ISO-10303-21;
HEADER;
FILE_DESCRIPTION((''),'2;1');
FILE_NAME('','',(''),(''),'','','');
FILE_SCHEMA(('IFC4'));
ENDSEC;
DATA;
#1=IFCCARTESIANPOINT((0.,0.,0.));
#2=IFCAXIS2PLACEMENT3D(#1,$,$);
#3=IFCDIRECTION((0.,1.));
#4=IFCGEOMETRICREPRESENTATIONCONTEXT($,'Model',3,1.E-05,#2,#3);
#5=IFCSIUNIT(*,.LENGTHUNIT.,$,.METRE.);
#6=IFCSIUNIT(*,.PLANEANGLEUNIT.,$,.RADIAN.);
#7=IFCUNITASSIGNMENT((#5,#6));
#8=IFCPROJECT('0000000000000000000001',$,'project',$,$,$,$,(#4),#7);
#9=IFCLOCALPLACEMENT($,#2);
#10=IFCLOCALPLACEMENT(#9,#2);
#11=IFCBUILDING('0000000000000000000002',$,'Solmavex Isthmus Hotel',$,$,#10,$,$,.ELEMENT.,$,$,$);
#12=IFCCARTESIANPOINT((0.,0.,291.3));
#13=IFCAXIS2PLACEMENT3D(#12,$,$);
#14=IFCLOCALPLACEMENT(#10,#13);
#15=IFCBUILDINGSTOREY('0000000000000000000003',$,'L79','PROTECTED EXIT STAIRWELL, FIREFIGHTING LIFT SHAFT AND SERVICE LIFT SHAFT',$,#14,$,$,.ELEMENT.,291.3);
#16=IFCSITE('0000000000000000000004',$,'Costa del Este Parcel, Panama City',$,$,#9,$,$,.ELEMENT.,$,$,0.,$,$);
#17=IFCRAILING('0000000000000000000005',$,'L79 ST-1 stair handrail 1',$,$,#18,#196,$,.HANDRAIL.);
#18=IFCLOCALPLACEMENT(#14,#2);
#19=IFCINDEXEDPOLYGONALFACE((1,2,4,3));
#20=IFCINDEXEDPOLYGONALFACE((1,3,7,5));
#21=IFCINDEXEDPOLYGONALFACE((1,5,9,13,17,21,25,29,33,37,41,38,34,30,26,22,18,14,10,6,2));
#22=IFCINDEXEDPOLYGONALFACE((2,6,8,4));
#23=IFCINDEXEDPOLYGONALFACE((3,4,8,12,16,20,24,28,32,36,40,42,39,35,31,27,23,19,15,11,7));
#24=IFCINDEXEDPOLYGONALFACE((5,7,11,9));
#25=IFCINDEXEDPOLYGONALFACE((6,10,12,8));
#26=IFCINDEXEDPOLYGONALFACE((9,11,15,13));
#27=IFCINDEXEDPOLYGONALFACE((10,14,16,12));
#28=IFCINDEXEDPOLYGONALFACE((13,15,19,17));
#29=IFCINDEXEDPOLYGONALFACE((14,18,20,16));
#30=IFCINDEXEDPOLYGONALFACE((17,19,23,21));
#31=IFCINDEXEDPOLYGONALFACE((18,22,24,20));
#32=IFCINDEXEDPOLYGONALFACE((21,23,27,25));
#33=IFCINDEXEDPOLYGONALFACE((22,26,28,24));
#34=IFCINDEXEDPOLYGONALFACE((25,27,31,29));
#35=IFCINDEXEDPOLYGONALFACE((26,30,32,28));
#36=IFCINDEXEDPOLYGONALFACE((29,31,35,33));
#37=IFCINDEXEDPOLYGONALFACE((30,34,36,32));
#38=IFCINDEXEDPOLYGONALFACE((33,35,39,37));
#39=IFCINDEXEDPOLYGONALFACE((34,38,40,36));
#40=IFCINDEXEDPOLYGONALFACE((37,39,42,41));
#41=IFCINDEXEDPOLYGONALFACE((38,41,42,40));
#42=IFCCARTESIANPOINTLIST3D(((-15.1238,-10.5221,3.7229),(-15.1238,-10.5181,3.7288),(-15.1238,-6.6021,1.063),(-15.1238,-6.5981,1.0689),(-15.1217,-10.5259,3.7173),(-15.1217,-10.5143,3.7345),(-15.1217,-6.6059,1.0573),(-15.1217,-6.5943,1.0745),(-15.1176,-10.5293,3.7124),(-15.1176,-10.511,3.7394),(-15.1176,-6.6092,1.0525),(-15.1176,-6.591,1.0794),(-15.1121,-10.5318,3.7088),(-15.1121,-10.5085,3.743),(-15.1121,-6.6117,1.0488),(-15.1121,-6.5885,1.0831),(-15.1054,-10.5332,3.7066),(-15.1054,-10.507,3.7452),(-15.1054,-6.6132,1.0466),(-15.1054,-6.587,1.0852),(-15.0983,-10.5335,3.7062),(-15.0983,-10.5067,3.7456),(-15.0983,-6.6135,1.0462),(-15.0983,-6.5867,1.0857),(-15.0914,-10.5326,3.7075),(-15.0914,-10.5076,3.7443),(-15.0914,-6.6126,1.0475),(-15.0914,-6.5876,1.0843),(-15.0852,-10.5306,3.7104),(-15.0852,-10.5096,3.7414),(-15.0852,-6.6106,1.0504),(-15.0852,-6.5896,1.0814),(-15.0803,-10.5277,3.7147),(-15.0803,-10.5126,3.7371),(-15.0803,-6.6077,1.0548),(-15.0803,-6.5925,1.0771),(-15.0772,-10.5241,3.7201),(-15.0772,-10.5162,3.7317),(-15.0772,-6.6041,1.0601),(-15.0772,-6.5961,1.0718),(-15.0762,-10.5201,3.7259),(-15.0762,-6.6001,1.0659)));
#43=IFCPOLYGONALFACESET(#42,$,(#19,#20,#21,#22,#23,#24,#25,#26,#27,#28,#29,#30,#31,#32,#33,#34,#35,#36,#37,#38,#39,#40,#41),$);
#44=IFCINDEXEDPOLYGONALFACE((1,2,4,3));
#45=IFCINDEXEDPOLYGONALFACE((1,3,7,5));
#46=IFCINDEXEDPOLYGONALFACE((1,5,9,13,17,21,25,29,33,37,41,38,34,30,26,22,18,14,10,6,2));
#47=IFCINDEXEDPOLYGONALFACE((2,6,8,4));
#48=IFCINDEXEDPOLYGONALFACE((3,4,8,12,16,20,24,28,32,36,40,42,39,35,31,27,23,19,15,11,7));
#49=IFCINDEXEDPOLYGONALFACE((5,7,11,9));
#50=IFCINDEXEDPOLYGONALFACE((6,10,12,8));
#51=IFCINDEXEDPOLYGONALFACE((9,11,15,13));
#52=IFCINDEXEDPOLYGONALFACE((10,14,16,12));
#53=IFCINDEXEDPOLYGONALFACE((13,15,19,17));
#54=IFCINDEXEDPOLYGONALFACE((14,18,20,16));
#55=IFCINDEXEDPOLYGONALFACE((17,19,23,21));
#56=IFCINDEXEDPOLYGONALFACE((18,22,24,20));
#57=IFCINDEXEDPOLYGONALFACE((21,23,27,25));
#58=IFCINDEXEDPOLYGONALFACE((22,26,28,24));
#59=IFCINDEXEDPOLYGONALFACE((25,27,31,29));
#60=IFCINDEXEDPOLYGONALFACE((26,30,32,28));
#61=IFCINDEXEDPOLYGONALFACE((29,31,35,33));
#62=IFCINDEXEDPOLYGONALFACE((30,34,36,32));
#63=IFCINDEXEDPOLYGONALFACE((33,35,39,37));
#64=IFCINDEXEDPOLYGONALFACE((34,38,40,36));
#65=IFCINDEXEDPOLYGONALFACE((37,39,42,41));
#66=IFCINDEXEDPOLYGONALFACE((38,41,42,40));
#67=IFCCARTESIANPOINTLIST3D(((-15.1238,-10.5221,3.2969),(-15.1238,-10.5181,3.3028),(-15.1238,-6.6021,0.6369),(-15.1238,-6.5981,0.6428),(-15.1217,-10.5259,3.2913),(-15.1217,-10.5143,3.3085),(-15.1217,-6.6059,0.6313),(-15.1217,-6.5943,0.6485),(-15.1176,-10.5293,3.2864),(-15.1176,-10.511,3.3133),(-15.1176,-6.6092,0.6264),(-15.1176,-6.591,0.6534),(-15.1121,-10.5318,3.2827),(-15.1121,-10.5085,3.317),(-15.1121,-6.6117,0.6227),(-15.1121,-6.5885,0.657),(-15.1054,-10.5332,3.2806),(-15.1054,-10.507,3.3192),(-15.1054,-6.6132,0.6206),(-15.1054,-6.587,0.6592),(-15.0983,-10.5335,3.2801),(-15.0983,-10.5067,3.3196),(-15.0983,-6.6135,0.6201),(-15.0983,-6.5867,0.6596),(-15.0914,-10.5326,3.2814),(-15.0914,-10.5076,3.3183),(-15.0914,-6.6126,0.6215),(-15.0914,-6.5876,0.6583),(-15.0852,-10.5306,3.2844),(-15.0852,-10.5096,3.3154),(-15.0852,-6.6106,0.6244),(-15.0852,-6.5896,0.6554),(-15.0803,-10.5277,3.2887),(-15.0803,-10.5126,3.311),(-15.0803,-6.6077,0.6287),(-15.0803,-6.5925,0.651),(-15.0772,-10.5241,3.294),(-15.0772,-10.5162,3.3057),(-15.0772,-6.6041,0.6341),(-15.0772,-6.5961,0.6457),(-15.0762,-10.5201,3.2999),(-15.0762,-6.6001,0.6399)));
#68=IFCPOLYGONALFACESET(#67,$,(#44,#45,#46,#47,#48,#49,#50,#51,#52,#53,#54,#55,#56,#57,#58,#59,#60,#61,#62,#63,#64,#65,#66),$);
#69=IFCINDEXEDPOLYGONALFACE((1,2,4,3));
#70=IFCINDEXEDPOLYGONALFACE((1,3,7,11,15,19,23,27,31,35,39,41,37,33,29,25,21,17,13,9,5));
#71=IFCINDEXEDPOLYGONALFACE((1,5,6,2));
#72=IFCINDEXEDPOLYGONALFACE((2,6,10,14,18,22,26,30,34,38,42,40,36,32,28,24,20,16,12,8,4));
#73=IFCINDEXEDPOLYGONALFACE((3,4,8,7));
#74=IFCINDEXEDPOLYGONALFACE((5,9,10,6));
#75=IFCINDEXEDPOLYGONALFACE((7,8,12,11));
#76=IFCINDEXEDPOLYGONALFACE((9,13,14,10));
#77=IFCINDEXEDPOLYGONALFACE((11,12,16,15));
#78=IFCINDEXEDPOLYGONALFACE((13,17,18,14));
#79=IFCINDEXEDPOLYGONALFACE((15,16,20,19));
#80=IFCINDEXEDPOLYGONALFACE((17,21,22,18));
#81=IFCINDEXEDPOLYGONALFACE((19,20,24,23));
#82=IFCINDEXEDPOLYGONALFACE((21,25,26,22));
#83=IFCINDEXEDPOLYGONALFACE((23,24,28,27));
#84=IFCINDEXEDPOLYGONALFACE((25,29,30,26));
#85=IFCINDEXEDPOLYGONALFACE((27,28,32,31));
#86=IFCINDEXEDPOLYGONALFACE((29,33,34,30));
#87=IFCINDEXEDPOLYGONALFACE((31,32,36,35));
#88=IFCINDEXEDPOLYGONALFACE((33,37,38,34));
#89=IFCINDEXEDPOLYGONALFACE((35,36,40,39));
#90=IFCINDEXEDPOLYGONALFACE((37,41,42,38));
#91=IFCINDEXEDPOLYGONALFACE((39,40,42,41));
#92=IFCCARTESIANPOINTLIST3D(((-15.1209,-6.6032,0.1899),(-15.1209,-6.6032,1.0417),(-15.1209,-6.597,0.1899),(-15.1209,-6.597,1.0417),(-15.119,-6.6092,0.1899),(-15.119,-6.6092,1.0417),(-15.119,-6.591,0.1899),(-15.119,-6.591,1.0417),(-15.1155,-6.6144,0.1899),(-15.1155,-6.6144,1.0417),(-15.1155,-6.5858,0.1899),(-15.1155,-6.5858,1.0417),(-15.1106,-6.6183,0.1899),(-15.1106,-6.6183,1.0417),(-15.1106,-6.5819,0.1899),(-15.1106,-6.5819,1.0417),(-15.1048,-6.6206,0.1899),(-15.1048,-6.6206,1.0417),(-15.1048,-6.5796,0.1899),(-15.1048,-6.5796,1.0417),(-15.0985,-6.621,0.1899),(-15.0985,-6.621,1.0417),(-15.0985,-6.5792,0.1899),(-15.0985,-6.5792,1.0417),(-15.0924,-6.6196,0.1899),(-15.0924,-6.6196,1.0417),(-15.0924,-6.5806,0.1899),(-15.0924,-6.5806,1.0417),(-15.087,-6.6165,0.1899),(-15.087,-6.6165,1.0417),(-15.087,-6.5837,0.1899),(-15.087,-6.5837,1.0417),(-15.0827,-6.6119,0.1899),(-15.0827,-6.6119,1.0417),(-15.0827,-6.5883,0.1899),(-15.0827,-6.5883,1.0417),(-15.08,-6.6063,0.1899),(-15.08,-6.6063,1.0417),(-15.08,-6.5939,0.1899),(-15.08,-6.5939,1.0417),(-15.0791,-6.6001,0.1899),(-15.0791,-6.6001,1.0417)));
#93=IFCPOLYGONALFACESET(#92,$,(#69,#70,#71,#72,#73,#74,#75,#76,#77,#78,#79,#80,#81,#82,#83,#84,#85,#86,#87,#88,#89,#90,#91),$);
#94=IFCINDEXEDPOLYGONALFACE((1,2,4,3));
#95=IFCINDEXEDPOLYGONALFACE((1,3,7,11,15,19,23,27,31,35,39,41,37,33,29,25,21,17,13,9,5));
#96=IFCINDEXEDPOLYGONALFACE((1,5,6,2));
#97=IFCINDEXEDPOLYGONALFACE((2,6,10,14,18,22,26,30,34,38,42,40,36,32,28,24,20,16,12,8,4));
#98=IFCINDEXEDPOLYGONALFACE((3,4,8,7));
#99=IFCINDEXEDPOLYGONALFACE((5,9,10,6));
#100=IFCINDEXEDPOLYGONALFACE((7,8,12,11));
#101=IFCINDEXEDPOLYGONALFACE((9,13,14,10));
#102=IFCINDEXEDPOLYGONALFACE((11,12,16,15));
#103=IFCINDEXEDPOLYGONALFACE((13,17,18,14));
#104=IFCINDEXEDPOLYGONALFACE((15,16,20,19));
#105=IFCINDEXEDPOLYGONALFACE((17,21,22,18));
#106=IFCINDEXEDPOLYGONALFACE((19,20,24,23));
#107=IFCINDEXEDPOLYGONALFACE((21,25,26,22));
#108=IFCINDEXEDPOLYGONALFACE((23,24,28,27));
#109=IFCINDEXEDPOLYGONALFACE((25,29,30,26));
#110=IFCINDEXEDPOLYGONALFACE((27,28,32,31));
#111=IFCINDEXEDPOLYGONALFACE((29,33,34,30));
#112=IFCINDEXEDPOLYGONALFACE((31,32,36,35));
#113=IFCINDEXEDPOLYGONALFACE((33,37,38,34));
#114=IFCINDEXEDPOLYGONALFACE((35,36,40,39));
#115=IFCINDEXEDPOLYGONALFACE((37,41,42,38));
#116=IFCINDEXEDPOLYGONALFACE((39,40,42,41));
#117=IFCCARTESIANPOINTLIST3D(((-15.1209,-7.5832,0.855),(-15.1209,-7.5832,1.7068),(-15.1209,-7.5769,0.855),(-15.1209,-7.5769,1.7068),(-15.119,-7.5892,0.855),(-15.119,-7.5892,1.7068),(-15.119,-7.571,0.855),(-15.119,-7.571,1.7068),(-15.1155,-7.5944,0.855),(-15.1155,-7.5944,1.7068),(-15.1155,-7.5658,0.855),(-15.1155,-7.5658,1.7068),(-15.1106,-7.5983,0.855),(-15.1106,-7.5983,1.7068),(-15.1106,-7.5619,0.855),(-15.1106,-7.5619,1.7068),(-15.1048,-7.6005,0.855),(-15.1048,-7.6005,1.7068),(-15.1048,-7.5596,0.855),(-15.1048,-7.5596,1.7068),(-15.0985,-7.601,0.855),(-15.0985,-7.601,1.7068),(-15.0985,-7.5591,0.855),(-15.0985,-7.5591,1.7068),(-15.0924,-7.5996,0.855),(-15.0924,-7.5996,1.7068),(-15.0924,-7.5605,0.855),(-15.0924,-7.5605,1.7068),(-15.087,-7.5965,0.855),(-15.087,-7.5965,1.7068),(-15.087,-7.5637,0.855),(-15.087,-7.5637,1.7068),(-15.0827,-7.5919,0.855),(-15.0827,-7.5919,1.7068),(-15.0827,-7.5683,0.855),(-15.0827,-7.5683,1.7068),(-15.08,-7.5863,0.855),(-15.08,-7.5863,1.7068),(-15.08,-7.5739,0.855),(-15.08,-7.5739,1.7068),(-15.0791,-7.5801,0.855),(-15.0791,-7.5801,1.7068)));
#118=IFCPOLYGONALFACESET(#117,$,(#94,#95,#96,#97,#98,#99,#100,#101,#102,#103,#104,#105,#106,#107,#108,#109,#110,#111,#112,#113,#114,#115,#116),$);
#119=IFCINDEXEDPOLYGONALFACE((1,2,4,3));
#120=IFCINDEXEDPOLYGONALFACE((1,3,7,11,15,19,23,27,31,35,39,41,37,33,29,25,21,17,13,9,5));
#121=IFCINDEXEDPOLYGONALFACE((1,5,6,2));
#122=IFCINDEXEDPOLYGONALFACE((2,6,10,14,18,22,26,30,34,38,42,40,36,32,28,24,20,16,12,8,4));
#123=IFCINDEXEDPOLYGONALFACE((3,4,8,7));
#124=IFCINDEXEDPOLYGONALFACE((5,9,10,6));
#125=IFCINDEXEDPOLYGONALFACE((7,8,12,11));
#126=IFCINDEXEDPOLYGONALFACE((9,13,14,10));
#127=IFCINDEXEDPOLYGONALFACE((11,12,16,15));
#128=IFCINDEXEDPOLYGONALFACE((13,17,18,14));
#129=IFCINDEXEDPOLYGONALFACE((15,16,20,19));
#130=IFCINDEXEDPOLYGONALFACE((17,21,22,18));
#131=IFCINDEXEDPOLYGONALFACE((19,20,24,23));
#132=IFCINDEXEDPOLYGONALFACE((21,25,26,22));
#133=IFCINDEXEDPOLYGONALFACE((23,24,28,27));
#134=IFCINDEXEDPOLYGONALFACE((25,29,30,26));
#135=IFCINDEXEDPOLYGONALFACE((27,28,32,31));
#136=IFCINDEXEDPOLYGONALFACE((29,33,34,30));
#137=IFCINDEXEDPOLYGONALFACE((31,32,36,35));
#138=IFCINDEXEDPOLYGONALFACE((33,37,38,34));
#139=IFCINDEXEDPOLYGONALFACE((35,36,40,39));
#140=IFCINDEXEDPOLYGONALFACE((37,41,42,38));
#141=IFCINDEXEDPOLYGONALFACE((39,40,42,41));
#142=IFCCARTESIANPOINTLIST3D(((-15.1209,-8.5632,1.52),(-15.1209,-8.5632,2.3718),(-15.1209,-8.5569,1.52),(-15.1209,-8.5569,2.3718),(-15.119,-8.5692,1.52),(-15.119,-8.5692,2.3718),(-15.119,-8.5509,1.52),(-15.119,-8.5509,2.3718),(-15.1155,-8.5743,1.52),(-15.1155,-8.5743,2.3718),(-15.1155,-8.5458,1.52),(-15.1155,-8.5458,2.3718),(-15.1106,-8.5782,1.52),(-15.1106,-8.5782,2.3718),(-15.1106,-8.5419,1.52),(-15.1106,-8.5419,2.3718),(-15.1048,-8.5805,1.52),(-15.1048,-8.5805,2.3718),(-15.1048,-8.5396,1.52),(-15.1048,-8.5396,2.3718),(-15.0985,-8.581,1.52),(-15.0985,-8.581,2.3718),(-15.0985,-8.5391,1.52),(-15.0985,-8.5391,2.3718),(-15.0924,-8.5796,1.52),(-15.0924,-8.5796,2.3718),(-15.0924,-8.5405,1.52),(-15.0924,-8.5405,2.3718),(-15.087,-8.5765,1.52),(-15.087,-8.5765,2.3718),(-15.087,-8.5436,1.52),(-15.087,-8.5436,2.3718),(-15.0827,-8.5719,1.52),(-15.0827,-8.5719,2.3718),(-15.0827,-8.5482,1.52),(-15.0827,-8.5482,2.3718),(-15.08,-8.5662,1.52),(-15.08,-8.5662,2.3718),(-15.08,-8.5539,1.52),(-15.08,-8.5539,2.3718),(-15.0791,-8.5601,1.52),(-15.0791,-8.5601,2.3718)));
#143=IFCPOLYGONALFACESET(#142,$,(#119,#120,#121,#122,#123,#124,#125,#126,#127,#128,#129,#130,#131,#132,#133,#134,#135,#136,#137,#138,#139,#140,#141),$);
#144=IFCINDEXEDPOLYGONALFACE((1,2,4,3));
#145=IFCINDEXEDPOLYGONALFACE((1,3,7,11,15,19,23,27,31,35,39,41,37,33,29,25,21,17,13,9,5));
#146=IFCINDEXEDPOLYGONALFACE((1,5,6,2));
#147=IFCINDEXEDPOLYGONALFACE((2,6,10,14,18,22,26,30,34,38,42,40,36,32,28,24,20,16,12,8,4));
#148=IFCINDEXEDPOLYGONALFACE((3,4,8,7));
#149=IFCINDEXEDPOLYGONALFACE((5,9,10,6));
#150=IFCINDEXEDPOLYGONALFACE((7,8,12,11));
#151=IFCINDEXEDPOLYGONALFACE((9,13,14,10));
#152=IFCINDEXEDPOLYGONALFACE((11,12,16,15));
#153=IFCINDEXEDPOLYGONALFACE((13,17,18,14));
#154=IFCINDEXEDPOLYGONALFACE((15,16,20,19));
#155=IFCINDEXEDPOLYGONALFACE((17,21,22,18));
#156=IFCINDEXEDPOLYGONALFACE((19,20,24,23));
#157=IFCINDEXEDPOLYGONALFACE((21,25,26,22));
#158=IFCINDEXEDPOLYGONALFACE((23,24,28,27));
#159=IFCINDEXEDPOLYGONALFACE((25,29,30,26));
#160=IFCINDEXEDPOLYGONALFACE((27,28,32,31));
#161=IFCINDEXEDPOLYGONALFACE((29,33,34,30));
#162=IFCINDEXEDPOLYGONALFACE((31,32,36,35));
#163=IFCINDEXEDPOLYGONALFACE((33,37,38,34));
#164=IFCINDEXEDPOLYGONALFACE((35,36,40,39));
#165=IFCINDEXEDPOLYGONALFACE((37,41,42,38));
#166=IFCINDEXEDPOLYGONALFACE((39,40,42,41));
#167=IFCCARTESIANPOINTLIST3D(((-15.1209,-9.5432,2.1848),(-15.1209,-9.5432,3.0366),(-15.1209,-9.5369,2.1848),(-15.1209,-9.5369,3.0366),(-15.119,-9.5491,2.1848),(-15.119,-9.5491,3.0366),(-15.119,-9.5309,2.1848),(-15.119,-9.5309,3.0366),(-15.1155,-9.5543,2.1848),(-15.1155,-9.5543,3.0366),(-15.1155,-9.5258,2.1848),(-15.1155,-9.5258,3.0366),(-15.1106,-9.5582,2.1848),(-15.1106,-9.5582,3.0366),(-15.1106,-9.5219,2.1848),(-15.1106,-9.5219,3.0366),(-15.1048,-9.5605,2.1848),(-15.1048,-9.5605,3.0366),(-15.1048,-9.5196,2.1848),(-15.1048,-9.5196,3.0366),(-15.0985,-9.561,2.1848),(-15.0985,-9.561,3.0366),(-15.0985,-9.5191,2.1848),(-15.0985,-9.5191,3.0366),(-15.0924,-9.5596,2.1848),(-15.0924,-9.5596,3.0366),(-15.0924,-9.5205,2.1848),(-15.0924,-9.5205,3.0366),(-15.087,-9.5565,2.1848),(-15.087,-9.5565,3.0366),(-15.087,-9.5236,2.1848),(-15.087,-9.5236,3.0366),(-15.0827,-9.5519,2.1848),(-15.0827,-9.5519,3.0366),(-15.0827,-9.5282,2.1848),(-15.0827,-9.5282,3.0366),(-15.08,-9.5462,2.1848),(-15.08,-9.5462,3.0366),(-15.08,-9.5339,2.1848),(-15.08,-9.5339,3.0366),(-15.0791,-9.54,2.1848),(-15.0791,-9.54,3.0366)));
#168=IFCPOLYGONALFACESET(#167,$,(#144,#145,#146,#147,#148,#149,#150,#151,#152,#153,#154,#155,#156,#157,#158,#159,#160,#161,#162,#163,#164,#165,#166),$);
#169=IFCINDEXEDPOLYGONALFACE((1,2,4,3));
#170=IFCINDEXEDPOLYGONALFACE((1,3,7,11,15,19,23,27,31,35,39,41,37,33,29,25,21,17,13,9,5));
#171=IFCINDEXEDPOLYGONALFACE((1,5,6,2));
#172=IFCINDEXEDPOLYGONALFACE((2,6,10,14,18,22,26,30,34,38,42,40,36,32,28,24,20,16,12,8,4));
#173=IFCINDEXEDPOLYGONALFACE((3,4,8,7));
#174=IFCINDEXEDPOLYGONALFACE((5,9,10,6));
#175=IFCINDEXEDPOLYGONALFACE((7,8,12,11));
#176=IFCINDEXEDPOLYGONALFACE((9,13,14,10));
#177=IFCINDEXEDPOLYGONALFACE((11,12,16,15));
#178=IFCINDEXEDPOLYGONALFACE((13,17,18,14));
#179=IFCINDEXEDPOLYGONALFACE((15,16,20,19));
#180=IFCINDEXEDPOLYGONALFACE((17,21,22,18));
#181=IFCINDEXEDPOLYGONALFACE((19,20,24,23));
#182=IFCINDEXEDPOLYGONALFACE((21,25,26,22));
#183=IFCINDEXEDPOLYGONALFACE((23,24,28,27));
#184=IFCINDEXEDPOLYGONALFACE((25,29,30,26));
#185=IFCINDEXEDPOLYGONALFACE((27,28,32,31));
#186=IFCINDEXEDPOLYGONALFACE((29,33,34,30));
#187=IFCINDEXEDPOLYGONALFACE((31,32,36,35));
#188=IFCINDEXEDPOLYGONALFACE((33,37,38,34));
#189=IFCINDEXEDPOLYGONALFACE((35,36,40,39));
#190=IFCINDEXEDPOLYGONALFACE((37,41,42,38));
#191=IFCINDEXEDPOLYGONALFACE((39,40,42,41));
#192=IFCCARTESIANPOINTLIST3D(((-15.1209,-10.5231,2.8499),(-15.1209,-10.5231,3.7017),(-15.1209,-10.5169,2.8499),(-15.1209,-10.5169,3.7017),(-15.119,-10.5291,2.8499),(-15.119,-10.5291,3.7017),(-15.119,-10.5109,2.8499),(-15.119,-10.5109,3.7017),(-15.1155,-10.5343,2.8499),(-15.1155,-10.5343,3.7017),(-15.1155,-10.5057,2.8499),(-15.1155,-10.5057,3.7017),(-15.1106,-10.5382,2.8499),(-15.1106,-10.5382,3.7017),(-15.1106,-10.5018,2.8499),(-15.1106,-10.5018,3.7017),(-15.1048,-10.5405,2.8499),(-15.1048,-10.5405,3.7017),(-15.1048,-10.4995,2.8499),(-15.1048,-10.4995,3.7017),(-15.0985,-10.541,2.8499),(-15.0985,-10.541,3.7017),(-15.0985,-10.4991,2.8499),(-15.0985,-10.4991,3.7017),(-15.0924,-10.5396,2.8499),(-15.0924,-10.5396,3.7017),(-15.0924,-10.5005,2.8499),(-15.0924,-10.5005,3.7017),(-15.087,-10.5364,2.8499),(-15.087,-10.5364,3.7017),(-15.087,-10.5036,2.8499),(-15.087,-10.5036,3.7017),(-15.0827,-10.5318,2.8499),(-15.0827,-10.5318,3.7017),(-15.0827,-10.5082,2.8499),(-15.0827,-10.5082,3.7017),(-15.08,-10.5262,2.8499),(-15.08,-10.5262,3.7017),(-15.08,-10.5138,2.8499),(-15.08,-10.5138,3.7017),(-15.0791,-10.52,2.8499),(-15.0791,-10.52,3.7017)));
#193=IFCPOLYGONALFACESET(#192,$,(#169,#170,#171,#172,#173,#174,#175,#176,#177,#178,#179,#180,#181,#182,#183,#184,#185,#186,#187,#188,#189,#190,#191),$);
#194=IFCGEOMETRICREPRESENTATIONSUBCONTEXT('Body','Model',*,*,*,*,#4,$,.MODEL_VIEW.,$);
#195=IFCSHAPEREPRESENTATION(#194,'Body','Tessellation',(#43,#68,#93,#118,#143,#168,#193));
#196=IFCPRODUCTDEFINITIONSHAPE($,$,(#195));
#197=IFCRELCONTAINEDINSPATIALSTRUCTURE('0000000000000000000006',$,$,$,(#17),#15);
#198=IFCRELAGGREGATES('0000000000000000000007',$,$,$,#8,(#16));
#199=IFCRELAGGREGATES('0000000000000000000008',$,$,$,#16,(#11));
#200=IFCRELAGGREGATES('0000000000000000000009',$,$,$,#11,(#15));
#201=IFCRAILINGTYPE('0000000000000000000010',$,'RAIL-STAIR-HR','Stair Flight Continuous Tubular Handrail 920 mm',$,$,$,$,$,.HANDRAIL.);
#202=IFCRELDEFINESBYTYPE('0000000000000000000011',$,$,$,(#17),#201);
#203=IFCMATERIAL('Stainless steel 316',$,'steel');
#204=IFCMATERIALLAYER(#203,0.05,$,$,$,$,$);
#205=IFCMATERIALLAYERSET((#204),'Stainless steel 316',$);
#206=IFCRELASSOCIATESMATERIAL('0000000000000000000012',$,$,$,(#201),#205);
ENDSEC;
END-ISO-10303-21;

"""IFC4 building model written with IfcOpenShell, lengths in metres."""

from ifc_helpers import new_model, si_unit, direction, frame, origin, origin_2d, place, context, subcontext, project, spatial, circle, extrude, material, layer, layer_set, type_object, element, save


model = new_model("IFC4")

# Units and contexts
model_context = context("Model", 3, precision=1e-05, world=origin(), true_north=direction((0.0, 1.0)))
body_context = subcontext(model_context, "Body", "Model", "MODEL_VIEW")
ifc_project = project(units=[si_unit("LENGTHUNIT", "METRE"), si_unit("PLANEANGLEUNIT", "RADIAN")], contexts=[model_context])

# Site, building, storey
site_placement = place(None, origin())
site = spatial("IfcSite", under=ifc_project, at=site_placement, Name="Costa del Este Parcel, Panama City", CompositionType="ELEMENT", RefElevation=0.0)
building_placement = place(site_placement, origin())
building = spatial("IfcBuilding", under=site, at=building_placement, Name="Solmavex Isthmus Hotel", CompositionType="ELEMENT")
storey_placement = place(building_placement, frame((0.0, 0.0, 291.3)))
storey = spatial("IfcBuildingStorey", under=building, at=storey_placement, Name="L79", Description="PROTECTED EXIT STAIRWELL, FIREFIGHTING LIFT SHAFT AND SERVICE LIFT SHAFT", CompositionType="ELEMENT", Elevation=291.3)

# Railing
ifc_material_1 = material(Name="Stainless steel 316", Category="steel")
ifc_layer_1 = layer(ifc_material_1, 0.05)
ifc_layer_set_1 = layer_set([ifc_layer_1], Name="Stainless steel 316")
railing_type = type_object("IfcRailingType", Name="RAIL-STAIR-HR", Description="Stair Flight Continuous Tubular Handrail 920 mm", PredefinedType="HANDRAIL", material=ifc_layer_set_1)
railing_placement = place(storey_placement, frame((-15.1001, -6.6001, 0.1899)))
element("IfcRailing", 1, at=railing_placement, inside=storey, type_object=railing_type, Name="L79 ST-1 stair handrail 1", PredefinedType="HANDRAIL", context=body_context, shape_type="SweptSolid", body=[
    extrude(circle(Radius=0.0239, at=origin_2d()), frame((0.0, 0.0, 0.876), z_axis=(0.0, -0.827479, 0.561496), x_axis=(1.0, 0.0, 0.0)), (0.0, 0.0, 1.0), 4.7373),
    extrude(circle(Radius=0.0239, at=origin_2d()), frame((0.0, 0.0, 0.45), z_axis=(0.0, -0.827479, 0.561496), x_axis=(1.0, 0.0, 0.0)), (0.0, 0.0, 1.0), 4.7373),
    extrude(circle(Radius=0.021, at=origin_2d()), origin(), (0.0, 0.0, 1.0), 0.8518),
    extrude(circle(Radius=0.021, at=origin_2d()), frame((0.0, -0.98, 0.665)), (0.0, 0.0, 1.0), 0.8518),
    extrude(circle(Radius=0.021, at=origin_2d()), frame((0.0, -1.96, 1.3301)), (0.0, 0.0, 1.0), 0.8518),
    extrude(circle(Radius=0.021, at=origin_2d()), frame((0.0, -2.9399, 1.9949)), (0.0, 0.0, 1.0), 0.8518),
    extrude(circle(Radius=0.021, at=origin_2d()), frame((0.0, -3.9199, 2.6599)), (0.0, 0.0, 1.0), 0.8518),
])

save(model, "model.ifc")
